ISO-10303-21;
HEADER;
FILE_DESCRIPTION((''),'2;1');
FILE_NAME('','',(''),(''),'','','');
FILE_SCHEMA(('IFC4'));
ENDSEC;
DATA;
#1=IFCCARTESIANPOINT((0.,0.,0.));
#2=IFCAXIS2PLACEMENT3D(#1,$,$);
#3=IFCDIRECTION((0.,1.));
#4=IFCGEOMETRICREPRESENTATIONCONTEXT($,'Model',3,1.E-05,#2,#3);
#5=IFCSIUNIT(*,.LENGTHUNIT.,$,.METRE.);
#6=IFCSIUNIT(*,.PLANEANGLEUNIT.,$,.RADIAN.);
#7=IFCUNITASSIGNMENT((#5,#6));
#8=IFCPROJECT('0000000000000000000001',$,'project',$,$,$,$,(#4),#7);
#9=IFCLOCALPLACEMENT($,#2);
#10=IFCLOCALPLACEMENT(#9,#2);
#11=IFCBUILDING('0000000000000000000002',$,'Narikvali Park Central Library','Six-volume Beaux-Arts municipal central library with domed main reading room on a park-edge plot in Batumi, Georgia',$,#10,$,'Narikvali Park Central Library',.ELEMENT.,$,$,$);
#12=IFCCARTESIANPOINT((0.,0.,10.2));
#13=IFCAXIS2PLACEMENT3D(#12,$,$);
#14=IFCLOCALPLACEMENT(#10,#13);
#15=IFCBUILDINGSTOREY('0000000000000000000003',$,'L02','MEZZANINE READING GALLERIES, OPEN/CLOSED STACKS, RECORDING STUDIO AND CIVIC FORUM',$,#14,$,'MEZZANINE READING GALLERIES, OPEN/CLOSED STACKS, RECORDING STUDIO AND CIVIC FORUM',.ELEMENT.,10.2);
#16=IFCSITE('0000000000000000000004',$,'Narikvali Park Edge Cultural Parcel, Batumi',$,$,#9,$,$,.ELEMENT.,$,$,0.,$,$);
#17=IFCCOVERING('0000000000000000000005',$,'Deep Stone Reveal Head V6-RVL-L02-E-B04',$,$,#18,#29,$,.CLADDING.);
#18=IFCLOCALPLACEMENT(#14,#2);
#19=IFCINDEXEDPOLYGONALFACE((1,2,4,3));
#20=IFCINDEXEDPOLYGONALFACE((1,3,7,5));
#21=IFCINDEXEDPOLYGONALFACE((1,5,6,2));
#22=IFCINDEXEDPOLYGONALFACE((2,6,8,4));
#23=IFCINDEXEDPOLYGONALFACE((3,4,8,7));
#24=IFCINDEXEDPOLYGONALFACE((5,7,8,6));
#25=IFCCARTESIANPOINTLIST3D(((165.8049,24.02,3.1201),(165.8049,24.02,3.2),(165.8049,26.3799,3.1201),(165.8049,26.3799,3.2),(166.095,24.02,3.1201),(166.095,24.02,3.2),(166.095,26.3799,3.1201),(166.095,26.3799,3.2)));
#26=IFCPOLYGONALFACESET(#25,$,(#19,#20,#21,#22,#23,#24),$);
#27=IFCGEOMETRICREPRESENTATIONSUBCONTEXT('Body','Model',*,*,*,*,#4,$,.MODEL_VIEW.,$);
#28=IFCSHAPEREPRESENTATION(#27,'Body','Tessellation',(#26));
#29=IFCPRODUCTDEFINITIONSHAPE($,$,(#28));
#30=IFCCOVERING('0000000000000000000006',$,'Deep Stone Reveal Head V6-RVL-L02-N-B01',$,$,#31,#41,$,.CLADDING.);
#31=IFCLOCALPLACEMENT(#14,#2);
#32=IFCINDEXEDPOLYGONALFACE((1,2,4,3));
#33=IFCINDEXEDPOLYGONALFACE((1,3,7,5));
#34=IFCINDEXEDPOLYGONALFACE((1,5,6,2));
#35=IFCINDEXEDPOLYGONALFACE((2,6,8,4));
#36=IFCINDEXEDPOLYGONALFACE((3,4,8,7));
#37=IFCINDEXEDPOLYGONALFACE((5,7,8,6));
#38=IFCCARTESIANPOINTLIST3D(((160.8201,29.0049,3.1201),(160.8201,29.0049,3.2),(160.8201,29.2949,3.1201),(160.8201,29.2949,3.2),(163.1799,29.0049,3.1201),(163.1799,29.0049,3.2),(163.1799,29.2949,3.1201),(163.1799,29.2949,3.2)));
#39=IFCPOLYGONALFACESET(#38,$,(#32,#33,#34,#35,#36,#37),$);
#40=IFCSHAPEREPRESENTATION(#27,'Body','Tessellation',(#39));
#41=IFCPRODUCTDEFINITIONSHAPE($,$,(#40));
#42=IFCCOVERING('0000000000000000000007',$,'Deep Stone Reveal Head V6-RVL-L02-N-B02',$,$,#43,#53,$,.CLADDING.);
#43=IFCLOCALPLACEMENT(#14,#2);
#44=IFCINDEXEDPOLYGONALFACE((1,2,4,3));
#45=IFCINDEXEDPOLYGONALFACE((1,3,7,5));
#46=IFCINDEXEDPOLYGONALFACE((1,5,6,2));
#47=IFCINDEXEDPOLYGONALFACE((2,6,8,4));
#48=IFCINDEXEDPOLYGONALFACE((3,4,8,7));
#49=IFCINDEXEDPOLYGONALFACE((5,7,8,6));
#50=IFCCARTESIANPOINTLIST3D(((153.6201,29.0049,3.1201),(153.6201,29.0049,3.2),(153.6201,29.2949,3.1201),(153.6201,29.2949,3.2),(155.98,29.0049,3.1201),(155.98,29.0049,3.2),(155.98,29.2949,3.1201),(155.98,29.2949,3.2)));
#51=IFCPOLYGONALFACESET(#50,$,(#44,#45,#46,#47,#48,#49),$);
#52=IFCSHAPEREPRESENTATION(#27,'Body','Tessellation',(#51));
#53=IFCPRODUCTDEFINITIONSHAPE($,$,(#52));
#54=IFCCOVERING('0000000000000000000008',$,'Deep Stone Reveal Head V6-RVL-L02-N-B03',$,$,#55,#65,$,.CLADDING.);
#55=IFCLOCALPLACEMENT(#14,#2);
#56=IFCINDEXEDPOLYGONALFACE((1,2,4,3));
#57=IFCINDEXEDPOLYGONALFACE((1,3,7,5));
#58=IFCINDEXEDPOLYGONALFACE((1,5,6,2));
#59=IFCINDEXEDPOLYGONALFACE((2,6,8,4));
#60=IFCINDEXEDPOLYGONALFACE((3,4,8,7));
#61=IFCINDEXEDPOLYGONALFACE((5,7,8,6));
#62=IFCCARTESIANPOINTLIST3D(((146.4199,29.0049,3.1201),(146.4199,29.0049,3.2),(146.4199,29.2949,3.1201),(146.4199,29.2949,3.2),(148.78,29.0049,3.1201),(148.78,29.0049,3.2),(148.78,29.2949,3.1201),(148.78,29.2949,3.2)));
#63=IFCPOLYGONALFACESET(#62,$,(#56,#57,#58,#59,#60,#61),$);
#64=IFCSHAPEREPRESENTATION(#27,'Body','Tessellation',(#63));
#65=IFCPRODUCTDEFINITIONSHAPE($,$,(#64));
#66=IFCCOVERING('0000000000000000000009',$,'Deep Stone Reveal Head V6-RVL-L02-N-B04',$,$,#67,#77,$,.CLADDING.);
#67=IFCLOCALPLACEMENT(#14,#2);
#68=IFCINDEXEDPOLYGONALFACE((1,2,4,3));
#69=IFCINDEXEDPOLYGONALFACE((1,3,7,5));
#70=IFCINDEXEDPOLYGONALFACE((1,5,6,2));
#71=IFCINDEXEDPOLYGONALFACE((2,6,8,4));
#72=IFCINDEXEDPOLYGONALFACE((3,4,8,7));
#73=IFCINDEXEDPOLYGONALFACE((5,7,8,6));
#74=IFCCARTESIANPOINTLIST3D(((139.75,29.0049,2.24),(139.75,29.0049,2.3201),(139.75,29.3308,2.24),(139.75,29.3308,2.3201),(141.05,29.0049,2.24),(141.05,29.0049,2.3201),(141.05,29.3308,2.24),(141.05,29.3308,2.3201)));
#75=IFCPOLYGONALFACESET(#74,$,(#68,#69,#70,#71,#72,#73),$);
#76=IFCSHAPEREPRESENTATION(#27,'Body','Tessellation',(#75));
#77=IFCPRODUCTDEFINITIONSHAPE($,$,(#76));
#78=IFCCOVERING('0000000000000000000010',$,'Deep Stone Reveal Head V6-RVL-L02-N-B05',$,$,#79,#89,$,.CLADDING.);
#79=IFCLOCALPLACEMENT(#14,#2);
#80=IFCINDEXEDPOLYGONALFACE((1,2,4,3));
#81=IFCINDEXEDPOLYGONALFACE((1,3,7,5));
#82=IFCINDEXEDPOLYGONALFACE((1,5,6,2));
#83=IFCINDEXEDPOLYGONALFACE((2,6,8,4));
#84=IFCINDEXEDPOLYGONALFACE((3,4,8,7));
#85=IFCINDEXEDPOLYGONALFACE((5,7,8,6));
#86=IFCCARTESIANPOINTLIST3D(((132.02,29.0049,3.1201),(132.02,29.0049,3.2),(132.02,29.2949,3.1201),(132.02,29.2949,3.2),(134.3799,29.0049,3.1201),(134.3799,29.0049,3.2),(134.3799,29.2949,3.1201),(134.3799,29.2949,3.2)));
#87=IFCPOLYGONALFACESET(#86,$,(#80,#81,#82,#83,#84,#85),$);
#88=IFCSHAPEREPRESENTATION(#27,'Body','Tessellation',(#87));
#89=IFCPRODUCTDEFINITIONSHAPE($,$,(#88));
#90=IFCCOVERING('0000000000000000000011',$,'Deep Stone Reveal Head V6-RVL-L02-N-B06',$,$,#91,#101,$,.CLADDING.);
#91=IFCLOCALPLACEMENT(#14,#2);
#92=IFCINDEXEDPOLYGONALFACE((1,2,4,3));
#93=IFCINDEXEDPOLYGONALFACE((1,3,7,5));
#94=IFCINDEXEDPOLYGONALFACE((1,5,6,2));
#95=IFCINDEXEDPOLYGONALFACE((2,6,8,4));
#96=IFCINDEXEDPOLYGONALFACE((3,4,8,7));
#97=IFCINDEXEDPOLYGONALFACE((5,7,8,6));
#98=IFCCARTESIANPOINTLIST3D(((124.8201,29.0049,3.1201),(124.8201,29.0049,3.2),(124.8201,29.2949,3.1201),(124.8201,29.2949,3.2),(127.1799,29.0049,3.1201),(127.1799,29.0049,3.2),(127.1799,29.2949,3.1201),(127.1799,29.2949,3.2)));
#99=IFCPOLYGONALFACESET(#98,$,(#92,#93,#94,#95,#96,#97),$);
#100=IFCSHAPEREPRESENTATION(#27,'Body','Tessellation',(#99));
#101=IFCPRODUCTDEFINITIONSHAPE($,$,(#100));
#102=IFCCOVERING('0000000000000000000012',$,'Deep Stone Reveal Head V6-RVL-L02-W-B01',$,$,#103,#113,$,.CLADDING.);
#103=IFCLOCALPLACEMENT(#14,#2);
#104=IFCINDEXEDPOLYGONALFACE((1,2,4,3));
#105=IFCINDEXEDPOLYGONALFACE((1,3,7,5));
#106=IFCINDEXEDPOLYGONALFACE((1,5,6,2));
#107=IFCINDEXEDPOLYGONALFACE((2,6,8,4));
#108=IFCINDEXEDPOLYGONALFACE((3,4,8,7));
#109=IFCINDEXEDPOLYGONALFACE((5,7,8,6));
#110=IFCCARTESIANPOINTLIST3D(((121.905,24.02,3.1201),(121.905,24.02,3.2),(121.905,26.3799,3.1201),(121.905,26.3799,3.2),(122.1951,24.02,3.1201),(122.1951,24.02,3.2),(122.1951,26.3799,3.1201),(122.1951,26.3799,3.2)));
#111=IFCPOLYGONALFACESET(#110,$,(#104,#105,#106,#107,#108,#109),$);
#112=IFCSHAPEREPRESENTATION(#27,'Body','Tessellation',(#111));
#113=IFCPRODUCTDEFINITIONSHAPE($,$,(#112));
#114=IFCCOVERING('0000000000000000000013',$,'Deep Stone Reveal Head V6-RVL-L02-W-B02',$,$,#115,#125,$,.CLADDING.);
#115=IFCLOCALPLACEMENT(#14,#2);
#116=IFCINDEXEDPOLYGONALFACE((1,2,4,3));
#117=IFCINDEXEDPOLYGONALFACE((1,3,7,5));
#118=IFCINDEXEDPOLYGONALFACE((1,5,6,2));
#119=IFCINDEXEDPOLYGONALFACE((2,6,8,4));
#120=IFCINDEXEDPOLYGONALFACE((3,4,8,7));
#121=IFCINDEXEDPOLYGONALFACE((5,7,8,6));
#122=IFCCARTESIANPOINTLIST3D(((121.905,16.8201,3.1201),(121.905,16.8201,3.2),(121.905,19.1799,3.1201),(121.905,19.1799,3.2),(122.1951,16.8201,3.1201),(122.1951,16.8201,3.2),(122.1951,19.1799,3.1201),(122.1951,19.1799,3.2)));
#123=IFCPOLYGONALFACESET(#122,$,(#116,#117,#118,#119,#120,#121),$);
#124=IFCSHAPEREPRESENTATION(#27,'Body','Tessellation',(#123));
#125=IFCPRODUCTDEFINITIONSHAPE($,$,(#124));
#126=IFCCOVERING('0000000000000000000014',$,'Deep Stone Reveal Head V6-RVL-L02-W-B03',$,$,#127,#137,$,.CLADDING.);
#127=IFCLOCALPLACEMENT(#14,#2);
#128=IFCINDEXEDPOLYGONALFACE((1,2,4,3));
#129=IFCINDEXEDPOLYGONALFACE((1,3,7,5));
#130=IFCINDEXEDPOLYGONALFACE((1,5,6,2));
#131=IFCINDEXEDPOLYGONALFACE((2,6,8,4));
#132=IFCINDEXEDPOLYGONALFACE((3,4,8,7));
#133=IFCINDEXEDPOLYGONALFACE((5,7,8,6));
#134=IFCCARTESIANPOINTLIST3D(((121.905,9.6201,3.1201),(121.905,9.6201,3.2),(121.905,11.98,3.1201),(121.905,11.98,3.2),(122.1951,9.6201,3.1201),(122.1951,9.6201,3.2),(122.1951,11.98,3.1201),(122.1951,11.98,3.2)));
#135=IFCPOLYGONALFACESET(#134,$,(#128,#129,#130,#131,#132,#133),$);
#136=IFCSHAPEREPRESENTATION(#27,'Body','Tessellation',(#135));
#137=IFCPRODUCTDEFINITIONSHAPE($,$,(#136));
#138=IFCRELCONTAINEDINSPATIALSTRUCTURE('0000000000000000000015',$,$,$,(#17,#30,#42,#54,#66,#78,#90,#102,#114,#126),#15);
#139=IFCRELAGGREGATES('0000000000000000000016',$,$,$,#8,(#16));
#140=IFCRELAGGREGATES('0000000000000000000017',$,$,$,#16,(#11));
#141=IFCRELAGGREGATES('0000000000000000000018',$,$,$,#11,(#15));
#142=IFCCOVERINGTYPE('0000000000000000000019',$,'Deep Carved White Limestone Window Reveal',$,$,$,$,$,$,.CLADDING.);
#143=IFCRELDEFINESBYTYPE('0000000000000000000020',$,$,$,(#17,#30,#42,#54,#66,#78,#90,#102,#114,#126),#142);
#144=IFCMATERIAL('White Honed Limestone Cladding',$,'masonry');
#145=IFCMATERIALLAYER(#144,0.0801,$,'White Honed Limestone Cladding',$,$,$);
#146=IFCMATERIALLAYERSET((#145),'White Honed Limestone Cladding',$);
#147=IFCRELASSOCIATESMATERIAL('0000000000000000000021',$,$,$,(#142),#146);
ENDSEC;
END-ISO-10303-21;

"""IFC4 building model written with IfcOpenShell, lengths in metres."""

from ifc_helpers import new_model, si_unit, direction, frame, origin, place, context, subcontext, project, spatial, polyline, outline, extrude, material, layer, layer_set, type_object, element, save


model = new_model("IFC4")

# Units and contexts
model_context = context("Model", 3, precision=1e-05, world=origin(), true_north=direction((0.0, 1.0)))
body_context = subcontext(model_context, "Body", "Model", "MODEL_VIEW")
ifc_project = project(units=[si_unit("LENGTHUNIT", "METRE"), si_unit("PLANEANGLEUNIT", "RADIAN")], contexts=[model_context])

# Site, building, storey
site_placement = place(None, origin())
site = spatial("IfcSite", under=ifc_project, at=site_placement, Name="Narikvali Park Edge Cultural Parcel, Batumi", CompositionType="ELEMENT", RefElevation=0.0)
building_placement = place(site_placement, origin())
building = spatial("IfcBuilding", under=site, at=building_placement, Name="Narikvali Park Central Library", Description="Six-volume Beaux-Arts municipal central library with domed main reading room on a park-edge plot in Batumi, Georgia", LongName="Narikvali Park Central Library", CompositionType="ELEMENT")
storey_placement = place(building_placement, frame((0.0, 0.0, 10.2)))
storey = spatial("IfcBuildingStorey", under=building, at=storey_placement, Name="L02", Description="MEZZANINE READING GALLERIES, OPEN/CLOSED STACKS, RECORDING STUDIO AND CIVIC FORUM", LongName="MEZZANINE READING GALLERIES, OPEN/CLOSED STACKS, RECORDING STUDIO AND CIVIC FORUM", CompositionType="ELEMENT", Elevation=10.2)

# Coverings
ifc_material = material(Name="White Honed Limestone Cladding", Category="masonry")
ifc_layer = layer(ifc_material, 0.0801, Name="White Honed Limestone Cladding")
ifc_layer_set = layer_set([ifc_layer], Name="White Honed Limestone Cladding")
covering_type = type_object("IfcCoveringType", Name="Deep Carved White Limestone Window Reveal", PredefinedType="CLADDING", material=ifc_layer_set)
covering_1_placement = place(storey_placement, frame((0.0, 0.0, 3.1201)))
element("IfcCovering", 1, at=covering_1_placement, inside=storey, type_object=covering_type, Name="Deep Stone Reveal Head V6-RVL-L02-E-B04", PredefinedType="CLADDING", context=body_context, shape_type="SweptSolid", body=[
    extrude(outline(polyline([(165.8049, 24.02), (165.8049, 26.3799), (166.095, 26.3799), (166.095, 24.02), (165.8049, 24.02)])), origin(), (0.0, 0.0, 1.0), 0.0798),
])
covering_2_placement = place(storey_placement, frame((0.0, 0.0, 3.1201)))
element("IfcCovering", 2, at=covering_2_placement, inside=storey, type_object=covering_type, Name="Deep Stone Reveal Head V6-RVL-L02-N-B01", PredefinedType="CLADDING", context=body_context, shape_type="SweptSolid", body=[
    extrude(outline(polyline([(163.1799, 29.0049), (160.8201, 29.0049), (160.8201, 29.2949), (163.1799, 29.2949), (163.1799, 29.0049)])), origin(), (0.0, 0.0, 1.0), 0.0798),
])
covering_3_placement = place(storey_placement, frame((0.0, 0.0, 3.1201)))
element("IfcCovering", 3, at=covering_3_placement, inside=storey, type_object=covering_type, Name="Deep Stone Reveal Head V6-RVL-L02-N-B02", PredefinedType="CLADDING", context=body_context, shape_type="SweptSolid", body=[
    extrude(outline(polyline([(155.98, 29.0049), (153.6201, 29.0049), (153.6201, 29.2949), (155.98, 29.2949), (155.98, 29.0049)])), origin(), (0.0, 0.0, 1.0), 0.0798),
])
covering_4_placement = place(storey_placement, frame((0.0, 0.0, 3.1201)))
element("IfcCovering", 4, at=covering_4_placement, inside=storey, type_object=covering_type, Name="Deep Stone Reveal Head V6-RVL-L02-N-B03", PredefinedType="CLADDING", context=body_context, shape_type="SweptSolid", body=[
    extrude(outline(polyline([(148.78, 29.0049), (146.4199, 29.0049), (146.4199, 29.2949), (148.78, 29.2949), (148.78, 29.0049)])), origin(), (0.0, 0.0, 1.0), 0.0798),
])
covering_5_placement = place(storey_placement, frame((0.0, 0.0, 2.24)))
element("IfcCovering", 5, at=covering_5_placement, inside=storey, type_object=covering_type, Name="Deep Stone Reveal Head V6-RVL-L02-N-B04", PredefinedType="CLADDING", context=body_context, shape_type="SweptSolid", body=[
    extrude(outline(polyline([(141.05, 29.0049), (139.75, 29.0049), (139.75, 29.3308), (141.05, 29.3308), (141.05, 29.0049)])), origin(), (0.0, 0.0, 1.0), 0.0801),
])
covering_6_placement = place(storey_placement, frame((0.0, 0.0, 3.1201)))
element("IfcCovering", 6, at=covering_6_placement, inside=storey, type_object=covering_type, Name="Deep Stone Reveal Head V6-RVL-L02-N-B05", PredefinedType="CLADDING", context=body_context, shape_type="SweptSolid", body=[
    extrude(outline(polyline([(134.3799, 29.0049), (132.02, 29.0049), (132.02, 29.2949), (134.3799, 29.2949), (134.3799, 29.0049)])), origin(), (0.0, 0.0, 1.0), 0.0798),
])
covering_7_placement = place(storey_placement, frame((0.0, 0.0, 3.1201)))
element("IfcCovering", 7, at=covering_7_placement, inside=storey, type_object=covering_type, Name="Deep Stone Reveal Head V6-RVL-L02-N-B06", PredefinedType="CLADDING", context=body_context, shape_type="SweptSolid", body=[
    extrude(outline(polyline([(127.1799, 29.0049), (124.8201, 29.0049), (124.8201, 29.2949), (127.1799, 29.2949), (127.1799, 29.0049)])), origin(), (0.0, 0.0, 1.0), 0.0798),
])
covering_8_placement = place(storey_placement, frame((0.0, 0.0, 3.1201)))
element("IfcCovering", 8, at=covering_8_placement, inside=storey, type_object=covering_type, Name="Deep Stone Reveal Head V6-RVL-L02-W-B01", PredefinedType="CLADDING", context=body_context, shape_type="SweptSolid", body=[
    extrude(outline(polyline([(122.1951, 26.3799), (122.1951, 24.02), (121.905, 24.02), (121.905, 26.3799), (122.1951, 26.3799)])), origin(), (0.0, 0.0, 1.0), 0.0798),
])
covering_9_placement = place(storey_placement, frame((0.0, 0.0, 3.1201)))
element("IfcCovering", 9, at=covering_9_placement, inside=storey, type_object=covering_type, Name="Deep Stone Reveal Head V6-RVL-L02-W-B02", PredefinedType="CLADDING", context=body_context, shape_type="SweptSolid", body=[
    extrude(outline(polyline([(122.1951, 19.1799), (122.1951, 16.8201), (121.905, 16.8201), (121.905, 19.1799), (122.1951, 19.1799)])), origin(), (0.0, 0.0, 1.0), 0.0798),
])
covering_10_placement = place(storey_placement, frame((0.0, 0.0, 3.1201)))
element("IfcCovering", 10, at=covering_10_placement, inside=storey, type_object=covering_type, Name="Deep Stone Reveal Head V6-RVL-L02-W-B03", PredefinedType="CLADDING", context=body_context, shape_type="SweptSolid", body=[
    extrude(outline(polyline([(122.1951, 11.98), (122.1951, 9.6201), (121.905, 9.6201), (121.905, 11.98), (122.1951, 11.98)])), origin(), (0.0, 0.0, 1.0), 0.0798),
])

save(model, "model.ifc")
